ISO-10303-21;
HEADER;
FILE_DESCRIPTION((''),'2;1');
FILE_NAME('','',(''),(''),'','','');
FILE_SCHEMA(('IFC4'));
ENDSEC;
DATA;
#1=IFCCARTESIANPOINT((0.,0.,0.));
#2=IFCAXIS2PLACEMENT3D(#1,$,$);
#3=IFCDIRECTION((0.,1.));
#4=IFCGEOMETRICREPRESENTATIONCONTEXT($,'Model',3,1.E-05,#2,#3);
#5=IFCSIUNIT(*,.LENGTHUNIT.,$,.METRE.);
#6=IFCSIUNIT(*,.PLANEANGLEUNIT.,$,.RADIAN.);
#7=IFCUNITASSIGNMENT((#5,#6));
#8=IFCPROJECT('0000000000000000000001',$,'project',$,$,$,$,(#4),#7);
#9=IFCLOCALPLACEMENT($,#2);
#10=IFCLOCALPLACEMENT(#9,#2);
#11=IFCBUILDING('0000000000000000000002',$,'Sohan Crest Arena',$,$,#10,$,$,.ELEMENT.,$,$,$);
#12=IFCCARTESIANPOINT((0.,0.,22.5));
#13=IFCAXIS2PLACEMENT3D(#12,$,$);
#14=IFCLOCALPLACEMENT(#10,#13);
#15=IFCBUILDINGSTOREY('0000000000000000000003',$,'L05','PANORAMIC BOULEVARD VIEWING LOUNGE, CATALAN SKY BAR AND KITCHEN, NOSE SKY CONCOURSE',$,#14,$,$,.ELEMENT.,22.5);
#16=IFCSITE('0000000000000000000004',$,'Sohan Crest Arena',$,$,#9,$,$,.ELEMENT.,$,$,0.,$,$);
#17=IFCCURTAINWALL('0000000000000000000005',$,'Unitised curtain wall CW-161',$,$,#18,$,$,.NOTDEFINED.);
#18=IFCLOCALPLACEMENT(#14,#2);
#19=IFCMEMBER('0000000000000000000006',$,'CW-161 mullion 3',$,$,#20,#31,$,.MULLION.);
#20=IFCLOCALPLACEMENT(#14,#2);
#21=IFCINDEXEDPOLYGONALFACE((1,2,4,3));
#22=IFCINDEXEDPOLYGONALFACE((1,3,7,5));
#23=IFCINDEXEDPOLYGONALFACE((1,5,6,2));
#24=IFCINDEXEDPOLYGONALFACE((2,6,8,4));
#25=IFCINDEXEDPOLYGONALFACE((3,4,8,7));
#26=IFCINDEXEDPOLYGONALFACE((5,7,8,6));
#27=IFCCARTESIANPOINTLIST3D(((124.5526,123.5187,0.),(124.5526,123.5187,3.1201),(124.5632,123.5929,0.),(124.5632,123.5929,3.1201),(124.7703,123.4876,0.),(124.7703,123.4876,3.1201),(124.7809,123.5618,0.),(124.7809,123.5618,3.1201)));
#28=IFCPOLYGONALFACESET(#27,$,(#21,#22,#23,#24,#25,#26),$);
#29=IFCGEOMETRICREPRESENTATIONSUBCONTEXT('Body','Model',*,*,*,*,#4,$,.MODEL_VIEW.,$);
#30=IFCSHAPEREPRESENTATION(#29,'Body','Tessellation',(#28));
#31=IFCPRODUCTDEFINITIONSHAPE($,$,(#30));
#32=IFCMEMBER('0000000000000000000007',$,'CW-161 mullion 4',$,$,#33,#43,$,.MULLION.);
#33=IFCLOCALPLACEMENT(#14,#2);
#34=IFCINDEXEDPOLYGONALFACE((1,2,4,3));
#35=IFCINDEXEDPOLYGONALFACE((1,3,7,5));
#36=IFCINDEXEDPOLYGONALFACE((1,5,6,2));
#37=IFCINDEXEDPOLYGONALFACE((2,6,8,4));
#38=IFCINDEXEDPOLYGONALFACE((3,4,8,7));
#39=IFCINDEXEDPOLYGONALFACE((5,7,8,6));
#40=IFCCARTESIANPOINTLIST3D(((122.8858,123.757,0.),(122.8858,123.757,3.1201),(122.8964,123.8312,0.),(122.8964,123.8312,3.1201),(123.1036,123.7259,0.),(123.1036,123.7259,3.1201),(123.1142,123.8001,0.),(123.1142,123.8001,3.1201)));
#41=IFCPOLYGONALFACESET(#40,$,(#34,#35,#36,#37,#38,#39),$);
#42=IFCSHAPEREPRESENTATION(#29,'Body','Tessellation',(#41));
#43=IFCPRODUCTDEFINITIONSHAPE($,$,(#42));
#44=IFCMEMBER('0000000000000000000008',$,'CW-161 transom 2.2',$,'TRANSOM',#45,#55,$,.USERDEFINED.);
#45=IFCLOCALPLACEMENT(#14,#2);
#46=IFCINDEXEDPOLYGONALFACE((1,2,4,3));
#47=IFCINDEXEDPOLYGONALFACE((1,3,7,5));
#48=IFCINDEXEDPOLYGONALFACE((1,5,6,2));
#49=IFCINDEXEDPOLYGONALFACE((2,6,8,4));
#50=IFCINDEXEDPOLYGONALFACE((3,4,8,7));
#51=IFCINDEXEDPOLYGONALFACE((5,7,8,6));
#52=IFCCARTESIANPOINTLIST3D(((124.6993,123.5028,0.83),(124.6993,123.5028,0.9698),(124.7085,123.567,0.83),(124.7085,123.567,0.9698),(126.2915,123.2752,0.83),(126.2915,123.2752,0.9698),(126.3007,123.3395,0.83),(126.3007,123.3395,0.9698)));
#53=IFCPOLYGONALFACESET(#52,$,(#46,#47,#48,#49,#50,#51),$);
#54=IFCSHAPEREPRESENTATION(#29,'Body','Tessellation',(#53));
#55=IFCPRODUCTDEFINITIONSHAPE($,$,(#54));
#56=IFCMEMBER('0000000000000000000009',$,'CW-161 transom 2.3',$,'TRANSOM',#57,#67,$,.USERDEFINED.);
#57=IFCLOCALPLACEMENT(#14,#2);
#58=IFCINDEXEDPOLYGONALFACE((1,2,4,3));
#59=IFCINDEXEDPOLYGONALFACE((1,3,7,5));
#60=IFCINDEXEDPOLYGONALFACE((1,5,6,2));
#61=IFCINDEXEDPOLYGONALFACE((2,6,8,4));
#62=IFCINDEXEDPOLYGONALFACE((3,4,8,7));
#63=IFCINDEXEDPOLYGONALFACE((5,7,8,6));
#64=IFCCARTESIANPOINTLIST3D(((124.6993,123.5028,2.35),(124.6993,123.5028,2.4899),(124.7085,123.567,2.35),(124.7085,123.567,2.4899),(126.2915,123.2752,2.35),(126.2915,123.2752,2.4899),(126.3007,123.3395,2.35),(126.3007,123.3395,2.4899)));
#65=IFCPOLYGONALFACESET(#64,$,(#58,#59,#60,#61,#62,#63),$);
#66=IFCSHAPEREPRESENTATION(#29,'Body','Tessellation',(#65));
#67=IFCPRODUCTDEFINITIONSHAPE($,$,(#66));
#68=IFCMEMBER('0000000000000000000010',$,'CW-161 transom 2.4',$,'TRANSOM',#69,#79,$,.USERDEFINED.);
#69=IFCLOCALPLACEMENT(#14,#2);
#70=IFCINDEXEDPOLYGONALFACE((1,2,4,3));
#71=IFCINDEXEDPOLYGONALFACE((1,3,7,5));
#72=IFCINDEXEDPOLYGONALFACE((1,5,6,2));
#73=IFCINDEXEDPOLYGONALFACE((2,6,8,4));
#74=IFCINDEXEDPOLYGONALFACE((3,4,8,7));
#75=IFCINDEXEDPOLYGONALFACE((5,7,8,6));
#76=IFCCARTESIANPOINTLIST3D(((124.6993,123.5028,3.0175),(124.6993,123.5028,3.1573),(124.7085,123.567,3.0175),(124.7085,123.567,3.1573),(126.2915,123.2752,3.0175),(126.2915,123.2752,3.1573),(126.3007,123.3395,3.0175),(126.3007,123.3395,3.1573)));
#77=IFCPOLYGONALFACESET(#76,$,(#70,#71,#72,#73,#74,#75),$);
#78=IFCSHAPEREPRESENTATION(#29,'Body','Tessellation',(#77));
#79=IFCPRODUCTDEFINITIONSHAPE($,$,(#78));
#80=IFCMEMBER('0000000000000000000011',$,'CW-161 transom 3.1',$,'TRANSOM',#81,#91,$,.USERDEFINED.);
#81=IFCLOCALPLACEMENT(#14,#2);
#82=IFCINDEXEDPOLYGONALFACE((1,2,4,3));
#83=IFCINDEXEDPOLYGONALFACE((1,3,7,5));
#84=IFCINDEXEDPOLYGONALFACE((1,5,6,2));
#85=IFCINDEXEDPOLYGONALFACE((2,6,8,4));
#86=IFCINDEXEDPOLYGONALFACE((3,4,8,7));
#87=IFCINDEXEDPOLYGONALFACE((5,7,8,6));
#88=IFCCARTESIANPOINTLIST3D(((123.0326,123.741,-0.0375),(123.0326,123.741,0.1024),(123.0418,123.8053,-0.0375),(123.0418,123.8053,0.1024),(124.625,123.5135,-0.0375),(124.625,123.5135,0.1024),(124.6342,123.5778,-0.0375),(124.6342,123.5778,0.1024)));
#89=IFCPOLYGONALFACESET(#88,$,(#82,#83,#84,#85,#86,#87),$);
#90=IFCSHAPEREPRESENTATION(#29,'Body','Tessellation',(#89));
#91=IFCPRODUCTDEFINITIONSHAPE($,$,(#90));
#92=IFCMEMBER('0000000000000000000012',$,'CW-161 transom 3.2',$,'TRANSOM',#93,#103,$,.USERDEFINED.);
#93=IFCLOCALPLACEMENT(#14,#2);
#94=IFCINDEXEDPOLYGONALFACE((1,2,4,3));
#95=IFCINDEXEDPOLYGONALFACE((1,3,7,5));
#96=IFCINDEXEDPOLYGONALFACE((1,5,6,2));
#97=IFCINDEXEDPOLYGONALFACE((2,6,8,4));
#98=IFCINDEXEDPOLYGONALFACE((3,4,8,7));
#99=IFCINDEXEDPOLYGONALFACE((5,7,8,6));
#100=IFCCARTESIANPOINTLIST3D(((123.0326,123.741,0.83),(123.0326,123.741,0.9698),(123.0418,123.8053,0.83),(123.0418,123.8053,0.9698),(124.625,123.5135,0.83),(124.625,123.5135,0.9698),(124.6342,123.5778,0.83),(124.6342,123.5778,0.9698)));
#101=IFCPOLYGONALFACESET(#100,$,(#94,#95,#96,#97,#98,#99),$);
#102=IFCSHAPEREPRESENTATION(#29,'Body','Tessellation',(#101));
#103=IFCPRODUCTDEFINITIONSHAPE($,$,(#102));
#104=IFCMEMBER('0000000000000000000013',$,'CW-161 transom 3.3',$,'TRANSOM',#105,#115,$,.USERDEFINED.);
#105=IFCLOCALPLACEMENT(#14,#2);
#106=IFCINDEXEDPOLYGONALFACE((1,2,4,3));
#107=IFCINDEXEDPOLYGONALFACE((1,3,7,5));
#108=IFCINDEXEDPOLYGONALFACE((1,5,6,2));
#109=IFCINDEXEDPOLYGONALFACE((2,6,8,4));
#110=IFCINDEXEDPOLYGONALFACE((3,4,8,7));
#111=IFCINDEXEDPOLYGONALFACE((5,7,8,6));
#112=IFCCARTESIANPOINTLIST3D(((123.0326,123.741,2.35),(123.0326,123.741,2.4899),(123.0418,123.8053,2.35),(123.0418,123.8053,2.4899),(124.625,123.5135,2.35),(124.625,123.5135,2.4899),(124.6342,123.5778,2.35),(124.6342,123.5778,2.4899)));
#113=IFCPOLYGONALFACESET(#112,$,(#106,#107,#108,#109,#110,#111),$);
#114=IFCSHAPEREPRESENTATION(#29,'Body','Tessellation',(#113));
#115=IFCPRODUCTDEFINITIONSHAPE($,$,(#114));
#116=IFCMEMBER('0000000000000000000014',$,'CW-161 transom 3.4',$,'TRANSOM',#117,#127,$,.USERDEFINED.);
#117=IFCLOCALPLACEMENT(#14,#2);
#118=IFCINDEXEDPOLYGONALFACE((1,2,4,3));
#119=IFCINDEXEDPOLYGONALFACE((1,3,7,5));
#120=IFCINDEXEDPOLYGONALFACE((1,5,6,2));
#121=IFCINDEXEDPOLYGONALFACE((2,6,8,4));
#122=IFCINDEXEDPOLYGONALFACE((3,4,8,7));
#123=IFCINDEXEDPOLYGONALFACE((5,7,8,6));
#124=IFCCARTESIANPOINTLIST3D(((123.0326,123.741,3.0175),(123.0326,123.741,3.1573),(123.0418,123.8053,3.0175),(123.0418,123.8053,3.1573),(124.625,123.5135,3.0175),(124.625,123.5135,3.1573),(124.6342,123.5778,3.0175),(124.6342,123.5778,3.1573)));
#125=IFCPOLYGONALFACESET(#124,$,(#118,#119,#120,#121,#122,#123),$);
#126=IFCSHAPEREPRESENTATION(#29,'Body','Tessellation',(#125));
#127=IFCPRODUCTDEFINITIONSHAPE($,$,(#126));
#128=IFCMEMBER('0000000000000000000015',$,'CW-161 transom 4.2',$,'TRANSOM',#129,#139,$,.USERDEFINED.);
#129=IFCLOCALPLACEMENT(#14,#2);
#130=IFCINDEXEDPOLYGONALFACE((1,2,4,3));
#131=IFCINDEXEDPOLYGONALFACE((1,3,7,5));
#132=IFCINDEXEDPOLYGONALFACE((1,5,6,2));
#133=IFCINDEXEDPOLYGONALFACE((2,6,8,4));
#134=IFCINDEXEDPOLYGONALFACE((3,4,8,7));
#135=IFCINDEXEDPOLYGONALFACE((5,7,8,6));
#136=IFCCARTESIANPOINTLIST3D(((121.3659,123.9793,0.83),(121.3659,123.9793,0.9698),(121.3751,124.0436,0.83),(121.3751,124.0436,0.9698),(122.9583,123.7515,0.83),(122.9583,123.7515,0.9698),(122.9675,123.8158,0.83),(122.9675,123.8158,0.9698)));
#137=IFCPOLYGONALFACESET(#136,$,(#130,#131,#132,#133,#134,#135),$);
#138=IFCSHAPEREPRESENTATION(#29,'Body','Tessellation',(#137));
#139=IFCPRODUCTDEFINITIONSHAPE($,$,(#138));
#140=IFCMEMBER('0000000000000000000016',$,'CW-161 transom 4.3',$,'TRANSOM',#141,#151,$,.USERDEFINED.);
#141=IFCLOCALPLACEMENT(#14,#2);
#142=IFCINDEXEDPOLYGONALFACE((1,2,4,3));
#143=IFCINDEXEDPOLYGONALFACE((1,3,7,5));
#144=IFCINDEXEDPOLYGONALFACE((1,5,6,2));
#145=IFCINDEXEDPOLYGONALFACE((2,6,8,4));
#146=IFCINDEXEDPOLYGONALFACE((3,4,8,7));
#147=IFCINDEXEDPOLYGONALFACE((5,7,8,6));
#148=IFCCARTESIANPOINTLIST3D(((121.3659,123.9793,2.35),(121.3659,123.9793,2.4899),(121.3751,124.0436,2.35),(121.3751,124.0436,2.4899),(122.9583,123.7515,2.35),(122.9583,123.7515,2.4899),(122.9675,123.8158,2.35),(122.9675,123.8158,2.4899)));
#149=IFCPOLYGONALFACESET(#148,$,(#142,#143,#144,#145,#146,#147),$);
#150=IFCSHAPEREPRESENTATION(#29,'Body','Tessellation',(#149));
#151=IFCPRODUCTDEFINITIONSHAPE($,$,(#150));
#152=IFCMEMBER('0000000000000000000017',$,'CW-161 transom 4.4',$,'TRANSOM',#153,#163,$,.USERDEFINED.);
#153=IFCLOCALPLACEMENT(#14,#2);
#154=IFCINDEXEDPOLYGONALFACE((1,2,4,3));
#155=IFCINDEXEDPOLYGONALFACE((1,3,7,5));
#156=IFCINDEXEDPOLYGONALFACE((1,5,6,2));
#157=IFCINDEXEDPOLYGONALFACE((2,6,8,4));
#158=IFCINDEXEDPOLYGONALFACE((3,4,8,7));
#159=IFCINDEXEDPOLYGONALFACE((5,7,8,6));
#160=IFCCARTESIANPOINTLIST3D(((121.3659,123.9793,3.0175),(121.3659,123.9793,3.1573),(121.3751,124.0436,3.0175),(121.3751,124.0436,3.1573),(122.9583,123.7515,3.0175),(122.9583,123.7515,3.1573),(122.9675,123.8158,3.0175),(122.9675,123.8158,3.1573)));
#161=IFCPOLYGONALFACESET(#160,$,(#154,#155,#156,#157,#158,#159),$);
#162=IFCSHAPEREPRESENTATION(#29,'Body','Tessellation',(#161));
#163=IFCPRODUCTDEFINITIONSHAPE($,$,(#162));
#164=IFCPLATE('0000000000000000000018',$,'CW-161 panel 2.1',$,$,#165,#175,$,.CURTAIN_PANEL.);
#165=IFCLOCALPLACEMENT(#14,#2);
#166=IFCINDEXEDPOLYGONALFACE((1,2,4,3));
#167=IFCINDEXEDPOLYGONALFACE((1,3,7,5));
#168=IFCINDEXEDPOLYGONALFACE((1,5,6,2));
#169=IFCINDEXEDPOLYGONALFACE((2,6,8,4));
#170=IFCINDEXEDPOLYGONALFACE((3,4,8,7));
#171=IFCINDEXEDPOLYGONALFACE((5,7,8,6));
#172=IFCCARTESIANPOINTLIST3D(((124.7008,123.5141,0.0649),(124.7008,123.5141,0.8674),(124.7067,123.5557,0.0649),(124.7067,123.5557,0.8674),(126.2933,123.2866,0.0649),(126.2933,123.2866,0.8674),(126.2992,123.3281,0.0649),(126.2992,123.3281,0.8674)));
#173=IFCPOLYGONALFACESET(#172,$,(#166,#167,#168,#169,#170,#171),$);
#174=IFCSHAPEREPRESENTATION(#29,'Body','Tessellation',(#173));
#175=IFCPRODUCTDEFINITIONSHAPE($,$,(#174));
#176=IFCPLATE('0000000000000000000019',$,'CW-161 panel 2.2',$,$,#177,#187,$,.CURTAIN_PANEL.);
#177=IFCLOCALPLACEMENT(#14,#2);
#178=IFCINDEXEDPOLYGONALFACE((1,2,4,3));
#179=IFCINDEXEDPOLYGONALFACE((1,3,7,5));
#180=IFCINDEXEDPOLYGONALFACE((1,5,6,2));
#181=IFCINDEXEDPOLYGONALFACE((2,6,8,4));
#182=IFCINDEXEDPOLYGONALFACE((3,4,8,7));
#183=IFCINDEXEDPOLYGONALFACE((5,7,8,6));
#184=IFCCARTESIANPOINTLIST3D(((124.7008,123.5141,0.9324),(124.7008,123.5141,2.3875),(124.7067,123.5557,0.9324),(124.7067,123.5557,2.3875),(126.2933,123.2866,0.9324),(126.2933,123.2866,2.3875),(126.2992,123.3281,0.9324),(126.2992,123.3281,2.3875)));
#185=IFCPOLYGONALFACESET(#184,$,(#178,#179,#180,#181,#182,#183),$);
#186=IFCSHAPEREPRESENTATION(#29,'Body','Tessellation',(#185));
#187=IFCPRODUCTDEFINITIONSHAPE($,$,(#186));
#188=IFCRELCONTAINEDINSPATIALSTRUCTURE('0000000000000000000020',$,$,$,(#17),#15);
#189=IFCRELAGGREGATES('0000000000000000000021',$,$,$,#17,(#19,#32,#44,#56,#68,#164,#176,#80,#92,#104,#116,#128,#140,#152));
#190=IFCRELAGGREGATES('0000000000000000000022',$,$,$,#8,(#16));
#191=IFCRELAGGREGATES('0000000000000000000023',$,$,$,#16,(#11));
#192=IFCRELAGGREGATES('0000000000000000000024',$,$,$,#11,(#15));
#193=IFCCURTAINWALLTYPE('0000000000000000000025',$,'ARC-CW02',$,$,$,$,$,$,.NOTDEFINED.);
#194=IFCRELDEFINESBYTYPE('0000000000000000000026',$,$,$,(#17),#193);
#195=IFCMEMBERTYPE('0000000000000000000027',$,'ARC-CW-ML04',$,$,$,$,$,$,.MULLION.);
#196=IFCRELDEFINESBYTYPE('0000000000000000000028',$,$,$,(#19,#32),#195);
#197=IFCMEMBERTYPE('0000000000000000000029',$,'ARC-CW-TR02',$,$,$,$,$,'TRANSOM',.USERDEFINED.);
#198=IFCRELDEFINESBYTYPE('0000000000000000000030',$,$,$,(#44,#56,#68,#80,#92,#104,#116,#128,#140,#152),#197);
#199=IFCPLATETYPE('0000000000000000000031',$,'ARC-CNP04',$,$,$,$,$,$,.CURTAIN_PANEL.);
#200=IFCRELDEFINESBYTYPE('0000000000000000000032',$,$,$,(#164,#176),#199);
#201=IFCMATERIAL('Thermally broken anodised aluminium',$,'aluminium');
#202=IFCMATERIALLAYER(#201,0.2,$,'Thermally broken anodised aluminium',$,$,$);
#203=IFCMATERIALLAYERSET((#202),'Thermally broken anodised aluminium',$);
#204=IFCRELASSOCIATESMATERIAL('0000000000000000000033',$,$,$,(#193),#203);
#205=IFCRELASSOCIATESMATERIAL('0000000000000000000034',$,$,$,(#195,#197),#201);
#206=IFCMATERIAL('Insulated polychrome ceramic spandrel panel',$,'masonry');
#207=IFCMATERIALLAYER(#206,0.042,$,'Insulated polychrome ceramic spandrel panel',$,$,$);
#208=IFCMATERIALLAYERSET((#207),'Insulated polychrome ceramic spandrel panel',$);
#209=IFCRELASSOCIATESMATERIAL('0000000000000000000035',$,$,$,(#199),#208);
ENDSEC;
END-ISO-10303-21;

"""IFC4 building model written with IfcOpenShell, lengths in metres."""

from ifc_helpers import new_model, si_unit, direction, frame, origin, origin_2d, place, context, subcontext, project, spatial, rectangle, extrude, material, layer, layer_set, material_profile, profile_set, type_object, element, aggregate, save


model = new_model("IFC4")

# Units and contexts
model_context = context("Model", 3, precision=1e-05, world=origin(), true_north=direction((0.0, 1.0)))
body_context = subcontext(model_context, "Body", "Model", "MODEL_VIEW")
ifc_project = project(units=[si_unit("LENGTHUNIT", "METRE"), si_unit("PLANEANGLEUNIT", "RADIAN")], contexts=[model_context])

# Site, building, storey
site_placement = place(None, origin())
site = spatial("IfcSite", under=ifc_project, at=site_placement, Name="Sohan Crest Arena", CompositionType="ELEMENT", RefElevation=0.0)
building_placement = place(site_placement, origin())
building = spatial("IfcBuilding", under=site, at=building_placement, Name="Sohan Crest Arena", CompositionType="ELEMENT")
storey_placement = place(building_placement, frame((0.0, 0.0, 22.5)))
storey = spatial("IfcBuildingStorey", under=building, at=storey_placement, Name="L05", Description="PANORAMIC BOULEVARD VIEWING LOUNGE, CATALAN SKY BAR AND KITCHEN, NOSE SKY CONCOURSE", CompositionType="ELEMENT", Elevation=22.5)

# Curtain wall, members, plates
ifc_material_1 = material(Name="Thermally broken anodised aluminium", Category="aluminium")
ifc_layer_1 = layer(ifc_material_1, 0.2, Name="Thermally broken anodised aluminium")
ifc_layer_set_1 = layer_set([ifc_layer_1], Name="Thermally broken anodised aluminium")
curtain_wall_type = type_object("IfcCurtainWallType", Name="ARC-CW02", PredefinedType="NOTDEFINED", material=ifc_layer_set_1)
curtain_wall_placement = place(storey_placement, origin())
curtain_wall = element("IfcCurtainWall", 1, at=curtain_wall_placement, inside=storey, type_object=curtain_wall_type, Name="Unitised curtain wall CW-161", PredefinedType="NOTDEFINED")
ifc_material_profile_1 = material_profile(ifc_material_1, rectangle(XDim=0.075, YDim=0.22, at=origin_2d()), Name="ALU-MULL 75x220")
ifc_profile_set_1 = profile_set([ifc_material_profile_1], Name="Thermally broken anodised aluminium")
member_type_1 = type_object("IfcMemberType", Name="ARC-CW-ML04", PredefinedType="MULLION", material=ifc_profile_set_1)
member_1_placement = place(storey_placement, frame((124.6667, 123.5403, 0.0), z_axis=(0.0, 0.0, 1.0), x_axis=(-0.141463, -0.989944, 0.0)))
member_1 = element("IfcMember", 2, at=member_1_placement, type_object=member_type_1, Name="CW-161 mullion 3", PredefinedType="MULLION", context=body_context, shape_type="SweptSolid", body=[
    extrude(rectangle(XDim=0.075, YDim=0.22, at=origin_2d()), origin(), (0.0, 0.0, 1.0), 3.1201),
])
member_2_placement = place(storey_placement, frame((123.0, 123.7786, 0.0), z_axis=(0.0, 0.0, 1.0), x_axis=(-0.141463, -0.989944, 0.0)))
member_2 = element("IfcMember", 3, at=member_2_placement, type_object=member_type_1, Name="CW-161 mullion 4", PredefinedType="MULLION", context=body_context, shape_type="SweptSolid", body=[
    extrude(rectangle(XDim=0.075, YDim=0.22, at=origin_2d()), origin(), (0.0, 0.0, 1.0), 3.1201),
])
ifc_material_profile_2 = material_profile(ifc_material_1, rectangle(XDim=0.0649, YDim=0.1399, at=origin_2d()), Name="ALU-TRAN 65x140")
ifc_profile_set_2 = profile_set([ifc_material_profile_2], Name="Thermally broken anodised aluminium")
member_type_2 = type_object("IfcMemberType", Name="ARC-CW-TR02", ElementType="TRANSOM", PredefinedType="USERDEFINED", material=ifc_profile_set_2)
member_3_placement = place(storey_placement, frame((126.2961, 123.3074, 0.8999), z_axis=(-0.989943, 0.141464, 0.0), x_axis=(-0.141464, -0.989943, 0.0)))
member_3 = element("IfcMember", 4, at=member_3_placement, type_object=member_type_2, Name="CW-161 transom 2.2", ObjectType="TRANSOM", PredefinedType="USERDEFINED", context=body_context, shape_type="SweptSolid", body=[
    extrude(rectangle(XDim=0.0649, YDim=0.1399, at=origin_2d()), origin(), (0.0, 0.0, 1.0), 1.6084),
])
member_4_placement = place(storey_placement, frame((126.2961, 123.3074, 2.4199), z_axis=(-0.989943, 0.141464, 0.0), x_axis=(-0.141464, -0.989943, 0.0)))
member_4 = element("IfcMember", 5, at=member_4_placement, type_object=member_type_2, Name="CW-161 transom 2.3", ObjectType="TRANSOM", PredefinedType="USERDEFINED", context=body_context, shape_type="SweptSolid", body=[
    extrude(rectangle(XDim=0.0649, YDim=0.1399, at=origin_2d()), origin(), (0.0, 0.0, 1.0), 1.6084),
])
member_5_placement = place(storey_placement, frame((126.2961, 123.3074, 3.0874), z_axis=(-0.989943, 0.141464, 0.0), x_axis=(-0.141464, -0.989943, 0.0)))
member_5 = element("IfcMember", 6, at=member_5_placement, type_object=member_type_2, Name="CW-161 transom 2.4", ObjectType="TRANSOM", PredefinedType="USERDEFINED", context=body_context, shape_type="SweptSolid", body=[
    extrude(rectangle(XDim=0.0649, YDim=0.1399, at=origin_2d()), origin(), (0.0, 0.0, 1.0), 1.6084),
])
member_6_placement = place(storey_placement, frame((124.6296, 123.5457, 0.0325), z_axis=(-0.989946, 0.141443, 0.0), x_axis=(-0.141443, -0.989946, 0.0)))
member_6 = element("IfcMember", 7, at=member_6_placement, type_object=member_type_2, Name="CW-161 transom 3.1", ObjectType="TRANSOM", PredefinedType="USERDEFINED", context=body_context, shape_type="SweptSolid", body=[
    extrude(rectangle(XDim=0.0649, YDim=0.1399, at=origin_2d()), origin(), (0.0, 0.0, 1.0), 1.6086),
])
member_7_placement = place(storey_placement, frame((124.6296, 123.5457, 0.8999), z_axis=(-0.989946, 0.141443, 0.0), x_axis=(-0.141443, -0.989946, 0.0)))
member_7 = element("IfcMember", 8, at=member_7_placement, type_object=member_type_2, Name="CW-161 transom 3.2", ObjectType="TRANSOM", PredefinedType="USERDEFINED", context=body_context, shape_type="SweptSolid", body=[
    extrude(rectangle(XDim=0.0649, YDim=0.1399, at=origin_2d()), origin(), (0.0, 0.0, 1.0), 1.6086),
])
member_8_placement = place(storey_placement, frame((124.6296, 123.5457, 2.4199), z_axis=(-0.989946, 0.141443, 0.0), x_axis=(-0.141443, -0.989946, 0.0)))
member_8 = element("IfcMember", 9, at=member_8_placement, type_object=member_type_2, Name="CW-161 transom 3.3", ObjectType="TRANSOM", PredefinedType="USERDEFINED", context=body_context, shape_type="SweptSolid", body=[
    extrude(rectangle(XDim=0.0649, YDim=0.1399, at=origin_2d()), origin(), (0.0, 0.0, 1.0), 1.6086),
])
member_9_placement = place(storey_placement, frame((124.6296, 123.5457, 3.0874), z_axis=(-0.989946, 0.141443, 0.0), x_axis=(-0.141443, -0.989946, 0.0)))
member_9 = element("IfcMember", 10, at=member_9_placement, type_object=member_type_2, Name="CW-161 transom 3.4", ObjectType="TRANSOM", PredefinedType="USERDEFINED", context=body_context, shape_type="SweptSolid", body=[
    extrude(rectangle(XDim=0.0649, YDim=0.1399, at=origin_2d()), origin(), (0.0, 0.0, 1.0), 1.6086),
])
member_10_placement = place(storey_placement, frame((122.9629, 123.7837, 0.8999), z_axis=(-0.989925, 0.141591, 0.0), x_axis=(-0.141591, -0.989925, 0.0)))
member_10 = element("IfcMember", 11, at=member_10_placement, type_object=member_type_2, Name="CW-161 transom 4.2", ObjectType="TRANSOM", PredefinedType="USERDEFINED", context=body_context, shape_type="SweptSolid", body=[
    extrude(rectangle(XDim=0.0649, YDim=0.1399, at=origin_2d()), origin(), (0.0, 0.0, 1.0), 1.6086),
])
member_11_placement = place(storey_placement, frame((122.9629, 123.7837, 2.4199), z_axis=(-0.989925, 0.141591, 0.0), x_axis=(-0.141591, -0.989925, 0.0)))
member_11 = element("IfcMember", 12, at=member_11_placement, type_object=member_type_2, Name="CW-161 transom 4.3", ObjectType="TRANSOM", PredefinedType="USERDEFINED", context=body_context, shape_type="SweptSolid", body=[
    extrude(rectangle(XDim=0.0649, YDim=0.1399, at=origin_2d()), origin(), (0.0, 0.0, 1.0), 1.6086),
])
member_12_placement = place(storey_placement, frame((122.9629, 123.7837, 3.0874), z_axis=(-0.989925, 0.141591, 0.0), x_axis=(-0.141591, -0.989925, 0.0)))
member_12 = element("IfcMember", 13, at=member_12_placement, type_object=member_type_2, Name="CW-161 transom 4.4", ObjectType="TRANSOM", PredefinedType="USERDEFINED", context=body_context, shape_type="SweptSolid", body=[
    extrude(rectangle(XDim=0.0649, YDim=0.1399, at=origin_2d()), origin(), (0.0, 0.0, 1.0), 1.6086),
])
ifc_material_2 = material(Name="Insulated polychrome ceramic spandrel panel", Category="masonry")
ifc_layer_2 = layer(ifc_material_2, 0.042, Name="Insulated polychrome ceramic spandrel panel")
ifc_layer_set_2 = layer_set([ifc_layer_2], Name="Insulated polychrome ceramic spandrel panel")
plate_type = type_object("IfcPlateType", Name="ARC-CNP04", PredefinedType="CURTAIN_PANEL", material=ifc_layer_set_2)
plate_1_placement = place(storey_placement, frame((125.5, 123.4211, 0.0649), z_axis=(0.0, 0.0, 1.0), x_axis=(-0.989944, 0.141463, 0.0)))
plate_1 = element("IfcPlate", 14, at=plate_1_placement, type_object=plate_type, Name="CW-161 panel 2.1", PredefinedType="CURTAIN_PANEL", context=body_context, shape_type="SweptSolid", body=[
    extrude(rectangle(XDim=1.6086, YDim=0.042, at=origin_2d()), origin(), (0.0, 0.0, 1.0), 0.8025),
])
plate_2_placement = place(storey_placement, frame((125.5, 123.4211, 0.9324), z_axis=(0.0, 0.0, 1.0), x_axis=(-0.989944, 0.141463, 0.0)))
plate_2 = element("IfcPlate", 15, at=plate_2_placement, type_object=plate_type, Name="CW-161 panel 2.2", PredefinedType="CURTAIN_PANEL", context=body_context, shape_type="SweptSolid", body=[
    extrude(rectangle(XDim=1.6086, YDim=0.042, at=origin_2d()), origin(), (0.0, 0.0, 1.0), 1.4551),
])
aggregate(curtain_wall, [member_1, member_2, member_3, member_4, member_5, plate_1, plate_2, member_6, member_7, member_8, member_9, member_10, member_11, member_12])

save(model, "model.ifc")
